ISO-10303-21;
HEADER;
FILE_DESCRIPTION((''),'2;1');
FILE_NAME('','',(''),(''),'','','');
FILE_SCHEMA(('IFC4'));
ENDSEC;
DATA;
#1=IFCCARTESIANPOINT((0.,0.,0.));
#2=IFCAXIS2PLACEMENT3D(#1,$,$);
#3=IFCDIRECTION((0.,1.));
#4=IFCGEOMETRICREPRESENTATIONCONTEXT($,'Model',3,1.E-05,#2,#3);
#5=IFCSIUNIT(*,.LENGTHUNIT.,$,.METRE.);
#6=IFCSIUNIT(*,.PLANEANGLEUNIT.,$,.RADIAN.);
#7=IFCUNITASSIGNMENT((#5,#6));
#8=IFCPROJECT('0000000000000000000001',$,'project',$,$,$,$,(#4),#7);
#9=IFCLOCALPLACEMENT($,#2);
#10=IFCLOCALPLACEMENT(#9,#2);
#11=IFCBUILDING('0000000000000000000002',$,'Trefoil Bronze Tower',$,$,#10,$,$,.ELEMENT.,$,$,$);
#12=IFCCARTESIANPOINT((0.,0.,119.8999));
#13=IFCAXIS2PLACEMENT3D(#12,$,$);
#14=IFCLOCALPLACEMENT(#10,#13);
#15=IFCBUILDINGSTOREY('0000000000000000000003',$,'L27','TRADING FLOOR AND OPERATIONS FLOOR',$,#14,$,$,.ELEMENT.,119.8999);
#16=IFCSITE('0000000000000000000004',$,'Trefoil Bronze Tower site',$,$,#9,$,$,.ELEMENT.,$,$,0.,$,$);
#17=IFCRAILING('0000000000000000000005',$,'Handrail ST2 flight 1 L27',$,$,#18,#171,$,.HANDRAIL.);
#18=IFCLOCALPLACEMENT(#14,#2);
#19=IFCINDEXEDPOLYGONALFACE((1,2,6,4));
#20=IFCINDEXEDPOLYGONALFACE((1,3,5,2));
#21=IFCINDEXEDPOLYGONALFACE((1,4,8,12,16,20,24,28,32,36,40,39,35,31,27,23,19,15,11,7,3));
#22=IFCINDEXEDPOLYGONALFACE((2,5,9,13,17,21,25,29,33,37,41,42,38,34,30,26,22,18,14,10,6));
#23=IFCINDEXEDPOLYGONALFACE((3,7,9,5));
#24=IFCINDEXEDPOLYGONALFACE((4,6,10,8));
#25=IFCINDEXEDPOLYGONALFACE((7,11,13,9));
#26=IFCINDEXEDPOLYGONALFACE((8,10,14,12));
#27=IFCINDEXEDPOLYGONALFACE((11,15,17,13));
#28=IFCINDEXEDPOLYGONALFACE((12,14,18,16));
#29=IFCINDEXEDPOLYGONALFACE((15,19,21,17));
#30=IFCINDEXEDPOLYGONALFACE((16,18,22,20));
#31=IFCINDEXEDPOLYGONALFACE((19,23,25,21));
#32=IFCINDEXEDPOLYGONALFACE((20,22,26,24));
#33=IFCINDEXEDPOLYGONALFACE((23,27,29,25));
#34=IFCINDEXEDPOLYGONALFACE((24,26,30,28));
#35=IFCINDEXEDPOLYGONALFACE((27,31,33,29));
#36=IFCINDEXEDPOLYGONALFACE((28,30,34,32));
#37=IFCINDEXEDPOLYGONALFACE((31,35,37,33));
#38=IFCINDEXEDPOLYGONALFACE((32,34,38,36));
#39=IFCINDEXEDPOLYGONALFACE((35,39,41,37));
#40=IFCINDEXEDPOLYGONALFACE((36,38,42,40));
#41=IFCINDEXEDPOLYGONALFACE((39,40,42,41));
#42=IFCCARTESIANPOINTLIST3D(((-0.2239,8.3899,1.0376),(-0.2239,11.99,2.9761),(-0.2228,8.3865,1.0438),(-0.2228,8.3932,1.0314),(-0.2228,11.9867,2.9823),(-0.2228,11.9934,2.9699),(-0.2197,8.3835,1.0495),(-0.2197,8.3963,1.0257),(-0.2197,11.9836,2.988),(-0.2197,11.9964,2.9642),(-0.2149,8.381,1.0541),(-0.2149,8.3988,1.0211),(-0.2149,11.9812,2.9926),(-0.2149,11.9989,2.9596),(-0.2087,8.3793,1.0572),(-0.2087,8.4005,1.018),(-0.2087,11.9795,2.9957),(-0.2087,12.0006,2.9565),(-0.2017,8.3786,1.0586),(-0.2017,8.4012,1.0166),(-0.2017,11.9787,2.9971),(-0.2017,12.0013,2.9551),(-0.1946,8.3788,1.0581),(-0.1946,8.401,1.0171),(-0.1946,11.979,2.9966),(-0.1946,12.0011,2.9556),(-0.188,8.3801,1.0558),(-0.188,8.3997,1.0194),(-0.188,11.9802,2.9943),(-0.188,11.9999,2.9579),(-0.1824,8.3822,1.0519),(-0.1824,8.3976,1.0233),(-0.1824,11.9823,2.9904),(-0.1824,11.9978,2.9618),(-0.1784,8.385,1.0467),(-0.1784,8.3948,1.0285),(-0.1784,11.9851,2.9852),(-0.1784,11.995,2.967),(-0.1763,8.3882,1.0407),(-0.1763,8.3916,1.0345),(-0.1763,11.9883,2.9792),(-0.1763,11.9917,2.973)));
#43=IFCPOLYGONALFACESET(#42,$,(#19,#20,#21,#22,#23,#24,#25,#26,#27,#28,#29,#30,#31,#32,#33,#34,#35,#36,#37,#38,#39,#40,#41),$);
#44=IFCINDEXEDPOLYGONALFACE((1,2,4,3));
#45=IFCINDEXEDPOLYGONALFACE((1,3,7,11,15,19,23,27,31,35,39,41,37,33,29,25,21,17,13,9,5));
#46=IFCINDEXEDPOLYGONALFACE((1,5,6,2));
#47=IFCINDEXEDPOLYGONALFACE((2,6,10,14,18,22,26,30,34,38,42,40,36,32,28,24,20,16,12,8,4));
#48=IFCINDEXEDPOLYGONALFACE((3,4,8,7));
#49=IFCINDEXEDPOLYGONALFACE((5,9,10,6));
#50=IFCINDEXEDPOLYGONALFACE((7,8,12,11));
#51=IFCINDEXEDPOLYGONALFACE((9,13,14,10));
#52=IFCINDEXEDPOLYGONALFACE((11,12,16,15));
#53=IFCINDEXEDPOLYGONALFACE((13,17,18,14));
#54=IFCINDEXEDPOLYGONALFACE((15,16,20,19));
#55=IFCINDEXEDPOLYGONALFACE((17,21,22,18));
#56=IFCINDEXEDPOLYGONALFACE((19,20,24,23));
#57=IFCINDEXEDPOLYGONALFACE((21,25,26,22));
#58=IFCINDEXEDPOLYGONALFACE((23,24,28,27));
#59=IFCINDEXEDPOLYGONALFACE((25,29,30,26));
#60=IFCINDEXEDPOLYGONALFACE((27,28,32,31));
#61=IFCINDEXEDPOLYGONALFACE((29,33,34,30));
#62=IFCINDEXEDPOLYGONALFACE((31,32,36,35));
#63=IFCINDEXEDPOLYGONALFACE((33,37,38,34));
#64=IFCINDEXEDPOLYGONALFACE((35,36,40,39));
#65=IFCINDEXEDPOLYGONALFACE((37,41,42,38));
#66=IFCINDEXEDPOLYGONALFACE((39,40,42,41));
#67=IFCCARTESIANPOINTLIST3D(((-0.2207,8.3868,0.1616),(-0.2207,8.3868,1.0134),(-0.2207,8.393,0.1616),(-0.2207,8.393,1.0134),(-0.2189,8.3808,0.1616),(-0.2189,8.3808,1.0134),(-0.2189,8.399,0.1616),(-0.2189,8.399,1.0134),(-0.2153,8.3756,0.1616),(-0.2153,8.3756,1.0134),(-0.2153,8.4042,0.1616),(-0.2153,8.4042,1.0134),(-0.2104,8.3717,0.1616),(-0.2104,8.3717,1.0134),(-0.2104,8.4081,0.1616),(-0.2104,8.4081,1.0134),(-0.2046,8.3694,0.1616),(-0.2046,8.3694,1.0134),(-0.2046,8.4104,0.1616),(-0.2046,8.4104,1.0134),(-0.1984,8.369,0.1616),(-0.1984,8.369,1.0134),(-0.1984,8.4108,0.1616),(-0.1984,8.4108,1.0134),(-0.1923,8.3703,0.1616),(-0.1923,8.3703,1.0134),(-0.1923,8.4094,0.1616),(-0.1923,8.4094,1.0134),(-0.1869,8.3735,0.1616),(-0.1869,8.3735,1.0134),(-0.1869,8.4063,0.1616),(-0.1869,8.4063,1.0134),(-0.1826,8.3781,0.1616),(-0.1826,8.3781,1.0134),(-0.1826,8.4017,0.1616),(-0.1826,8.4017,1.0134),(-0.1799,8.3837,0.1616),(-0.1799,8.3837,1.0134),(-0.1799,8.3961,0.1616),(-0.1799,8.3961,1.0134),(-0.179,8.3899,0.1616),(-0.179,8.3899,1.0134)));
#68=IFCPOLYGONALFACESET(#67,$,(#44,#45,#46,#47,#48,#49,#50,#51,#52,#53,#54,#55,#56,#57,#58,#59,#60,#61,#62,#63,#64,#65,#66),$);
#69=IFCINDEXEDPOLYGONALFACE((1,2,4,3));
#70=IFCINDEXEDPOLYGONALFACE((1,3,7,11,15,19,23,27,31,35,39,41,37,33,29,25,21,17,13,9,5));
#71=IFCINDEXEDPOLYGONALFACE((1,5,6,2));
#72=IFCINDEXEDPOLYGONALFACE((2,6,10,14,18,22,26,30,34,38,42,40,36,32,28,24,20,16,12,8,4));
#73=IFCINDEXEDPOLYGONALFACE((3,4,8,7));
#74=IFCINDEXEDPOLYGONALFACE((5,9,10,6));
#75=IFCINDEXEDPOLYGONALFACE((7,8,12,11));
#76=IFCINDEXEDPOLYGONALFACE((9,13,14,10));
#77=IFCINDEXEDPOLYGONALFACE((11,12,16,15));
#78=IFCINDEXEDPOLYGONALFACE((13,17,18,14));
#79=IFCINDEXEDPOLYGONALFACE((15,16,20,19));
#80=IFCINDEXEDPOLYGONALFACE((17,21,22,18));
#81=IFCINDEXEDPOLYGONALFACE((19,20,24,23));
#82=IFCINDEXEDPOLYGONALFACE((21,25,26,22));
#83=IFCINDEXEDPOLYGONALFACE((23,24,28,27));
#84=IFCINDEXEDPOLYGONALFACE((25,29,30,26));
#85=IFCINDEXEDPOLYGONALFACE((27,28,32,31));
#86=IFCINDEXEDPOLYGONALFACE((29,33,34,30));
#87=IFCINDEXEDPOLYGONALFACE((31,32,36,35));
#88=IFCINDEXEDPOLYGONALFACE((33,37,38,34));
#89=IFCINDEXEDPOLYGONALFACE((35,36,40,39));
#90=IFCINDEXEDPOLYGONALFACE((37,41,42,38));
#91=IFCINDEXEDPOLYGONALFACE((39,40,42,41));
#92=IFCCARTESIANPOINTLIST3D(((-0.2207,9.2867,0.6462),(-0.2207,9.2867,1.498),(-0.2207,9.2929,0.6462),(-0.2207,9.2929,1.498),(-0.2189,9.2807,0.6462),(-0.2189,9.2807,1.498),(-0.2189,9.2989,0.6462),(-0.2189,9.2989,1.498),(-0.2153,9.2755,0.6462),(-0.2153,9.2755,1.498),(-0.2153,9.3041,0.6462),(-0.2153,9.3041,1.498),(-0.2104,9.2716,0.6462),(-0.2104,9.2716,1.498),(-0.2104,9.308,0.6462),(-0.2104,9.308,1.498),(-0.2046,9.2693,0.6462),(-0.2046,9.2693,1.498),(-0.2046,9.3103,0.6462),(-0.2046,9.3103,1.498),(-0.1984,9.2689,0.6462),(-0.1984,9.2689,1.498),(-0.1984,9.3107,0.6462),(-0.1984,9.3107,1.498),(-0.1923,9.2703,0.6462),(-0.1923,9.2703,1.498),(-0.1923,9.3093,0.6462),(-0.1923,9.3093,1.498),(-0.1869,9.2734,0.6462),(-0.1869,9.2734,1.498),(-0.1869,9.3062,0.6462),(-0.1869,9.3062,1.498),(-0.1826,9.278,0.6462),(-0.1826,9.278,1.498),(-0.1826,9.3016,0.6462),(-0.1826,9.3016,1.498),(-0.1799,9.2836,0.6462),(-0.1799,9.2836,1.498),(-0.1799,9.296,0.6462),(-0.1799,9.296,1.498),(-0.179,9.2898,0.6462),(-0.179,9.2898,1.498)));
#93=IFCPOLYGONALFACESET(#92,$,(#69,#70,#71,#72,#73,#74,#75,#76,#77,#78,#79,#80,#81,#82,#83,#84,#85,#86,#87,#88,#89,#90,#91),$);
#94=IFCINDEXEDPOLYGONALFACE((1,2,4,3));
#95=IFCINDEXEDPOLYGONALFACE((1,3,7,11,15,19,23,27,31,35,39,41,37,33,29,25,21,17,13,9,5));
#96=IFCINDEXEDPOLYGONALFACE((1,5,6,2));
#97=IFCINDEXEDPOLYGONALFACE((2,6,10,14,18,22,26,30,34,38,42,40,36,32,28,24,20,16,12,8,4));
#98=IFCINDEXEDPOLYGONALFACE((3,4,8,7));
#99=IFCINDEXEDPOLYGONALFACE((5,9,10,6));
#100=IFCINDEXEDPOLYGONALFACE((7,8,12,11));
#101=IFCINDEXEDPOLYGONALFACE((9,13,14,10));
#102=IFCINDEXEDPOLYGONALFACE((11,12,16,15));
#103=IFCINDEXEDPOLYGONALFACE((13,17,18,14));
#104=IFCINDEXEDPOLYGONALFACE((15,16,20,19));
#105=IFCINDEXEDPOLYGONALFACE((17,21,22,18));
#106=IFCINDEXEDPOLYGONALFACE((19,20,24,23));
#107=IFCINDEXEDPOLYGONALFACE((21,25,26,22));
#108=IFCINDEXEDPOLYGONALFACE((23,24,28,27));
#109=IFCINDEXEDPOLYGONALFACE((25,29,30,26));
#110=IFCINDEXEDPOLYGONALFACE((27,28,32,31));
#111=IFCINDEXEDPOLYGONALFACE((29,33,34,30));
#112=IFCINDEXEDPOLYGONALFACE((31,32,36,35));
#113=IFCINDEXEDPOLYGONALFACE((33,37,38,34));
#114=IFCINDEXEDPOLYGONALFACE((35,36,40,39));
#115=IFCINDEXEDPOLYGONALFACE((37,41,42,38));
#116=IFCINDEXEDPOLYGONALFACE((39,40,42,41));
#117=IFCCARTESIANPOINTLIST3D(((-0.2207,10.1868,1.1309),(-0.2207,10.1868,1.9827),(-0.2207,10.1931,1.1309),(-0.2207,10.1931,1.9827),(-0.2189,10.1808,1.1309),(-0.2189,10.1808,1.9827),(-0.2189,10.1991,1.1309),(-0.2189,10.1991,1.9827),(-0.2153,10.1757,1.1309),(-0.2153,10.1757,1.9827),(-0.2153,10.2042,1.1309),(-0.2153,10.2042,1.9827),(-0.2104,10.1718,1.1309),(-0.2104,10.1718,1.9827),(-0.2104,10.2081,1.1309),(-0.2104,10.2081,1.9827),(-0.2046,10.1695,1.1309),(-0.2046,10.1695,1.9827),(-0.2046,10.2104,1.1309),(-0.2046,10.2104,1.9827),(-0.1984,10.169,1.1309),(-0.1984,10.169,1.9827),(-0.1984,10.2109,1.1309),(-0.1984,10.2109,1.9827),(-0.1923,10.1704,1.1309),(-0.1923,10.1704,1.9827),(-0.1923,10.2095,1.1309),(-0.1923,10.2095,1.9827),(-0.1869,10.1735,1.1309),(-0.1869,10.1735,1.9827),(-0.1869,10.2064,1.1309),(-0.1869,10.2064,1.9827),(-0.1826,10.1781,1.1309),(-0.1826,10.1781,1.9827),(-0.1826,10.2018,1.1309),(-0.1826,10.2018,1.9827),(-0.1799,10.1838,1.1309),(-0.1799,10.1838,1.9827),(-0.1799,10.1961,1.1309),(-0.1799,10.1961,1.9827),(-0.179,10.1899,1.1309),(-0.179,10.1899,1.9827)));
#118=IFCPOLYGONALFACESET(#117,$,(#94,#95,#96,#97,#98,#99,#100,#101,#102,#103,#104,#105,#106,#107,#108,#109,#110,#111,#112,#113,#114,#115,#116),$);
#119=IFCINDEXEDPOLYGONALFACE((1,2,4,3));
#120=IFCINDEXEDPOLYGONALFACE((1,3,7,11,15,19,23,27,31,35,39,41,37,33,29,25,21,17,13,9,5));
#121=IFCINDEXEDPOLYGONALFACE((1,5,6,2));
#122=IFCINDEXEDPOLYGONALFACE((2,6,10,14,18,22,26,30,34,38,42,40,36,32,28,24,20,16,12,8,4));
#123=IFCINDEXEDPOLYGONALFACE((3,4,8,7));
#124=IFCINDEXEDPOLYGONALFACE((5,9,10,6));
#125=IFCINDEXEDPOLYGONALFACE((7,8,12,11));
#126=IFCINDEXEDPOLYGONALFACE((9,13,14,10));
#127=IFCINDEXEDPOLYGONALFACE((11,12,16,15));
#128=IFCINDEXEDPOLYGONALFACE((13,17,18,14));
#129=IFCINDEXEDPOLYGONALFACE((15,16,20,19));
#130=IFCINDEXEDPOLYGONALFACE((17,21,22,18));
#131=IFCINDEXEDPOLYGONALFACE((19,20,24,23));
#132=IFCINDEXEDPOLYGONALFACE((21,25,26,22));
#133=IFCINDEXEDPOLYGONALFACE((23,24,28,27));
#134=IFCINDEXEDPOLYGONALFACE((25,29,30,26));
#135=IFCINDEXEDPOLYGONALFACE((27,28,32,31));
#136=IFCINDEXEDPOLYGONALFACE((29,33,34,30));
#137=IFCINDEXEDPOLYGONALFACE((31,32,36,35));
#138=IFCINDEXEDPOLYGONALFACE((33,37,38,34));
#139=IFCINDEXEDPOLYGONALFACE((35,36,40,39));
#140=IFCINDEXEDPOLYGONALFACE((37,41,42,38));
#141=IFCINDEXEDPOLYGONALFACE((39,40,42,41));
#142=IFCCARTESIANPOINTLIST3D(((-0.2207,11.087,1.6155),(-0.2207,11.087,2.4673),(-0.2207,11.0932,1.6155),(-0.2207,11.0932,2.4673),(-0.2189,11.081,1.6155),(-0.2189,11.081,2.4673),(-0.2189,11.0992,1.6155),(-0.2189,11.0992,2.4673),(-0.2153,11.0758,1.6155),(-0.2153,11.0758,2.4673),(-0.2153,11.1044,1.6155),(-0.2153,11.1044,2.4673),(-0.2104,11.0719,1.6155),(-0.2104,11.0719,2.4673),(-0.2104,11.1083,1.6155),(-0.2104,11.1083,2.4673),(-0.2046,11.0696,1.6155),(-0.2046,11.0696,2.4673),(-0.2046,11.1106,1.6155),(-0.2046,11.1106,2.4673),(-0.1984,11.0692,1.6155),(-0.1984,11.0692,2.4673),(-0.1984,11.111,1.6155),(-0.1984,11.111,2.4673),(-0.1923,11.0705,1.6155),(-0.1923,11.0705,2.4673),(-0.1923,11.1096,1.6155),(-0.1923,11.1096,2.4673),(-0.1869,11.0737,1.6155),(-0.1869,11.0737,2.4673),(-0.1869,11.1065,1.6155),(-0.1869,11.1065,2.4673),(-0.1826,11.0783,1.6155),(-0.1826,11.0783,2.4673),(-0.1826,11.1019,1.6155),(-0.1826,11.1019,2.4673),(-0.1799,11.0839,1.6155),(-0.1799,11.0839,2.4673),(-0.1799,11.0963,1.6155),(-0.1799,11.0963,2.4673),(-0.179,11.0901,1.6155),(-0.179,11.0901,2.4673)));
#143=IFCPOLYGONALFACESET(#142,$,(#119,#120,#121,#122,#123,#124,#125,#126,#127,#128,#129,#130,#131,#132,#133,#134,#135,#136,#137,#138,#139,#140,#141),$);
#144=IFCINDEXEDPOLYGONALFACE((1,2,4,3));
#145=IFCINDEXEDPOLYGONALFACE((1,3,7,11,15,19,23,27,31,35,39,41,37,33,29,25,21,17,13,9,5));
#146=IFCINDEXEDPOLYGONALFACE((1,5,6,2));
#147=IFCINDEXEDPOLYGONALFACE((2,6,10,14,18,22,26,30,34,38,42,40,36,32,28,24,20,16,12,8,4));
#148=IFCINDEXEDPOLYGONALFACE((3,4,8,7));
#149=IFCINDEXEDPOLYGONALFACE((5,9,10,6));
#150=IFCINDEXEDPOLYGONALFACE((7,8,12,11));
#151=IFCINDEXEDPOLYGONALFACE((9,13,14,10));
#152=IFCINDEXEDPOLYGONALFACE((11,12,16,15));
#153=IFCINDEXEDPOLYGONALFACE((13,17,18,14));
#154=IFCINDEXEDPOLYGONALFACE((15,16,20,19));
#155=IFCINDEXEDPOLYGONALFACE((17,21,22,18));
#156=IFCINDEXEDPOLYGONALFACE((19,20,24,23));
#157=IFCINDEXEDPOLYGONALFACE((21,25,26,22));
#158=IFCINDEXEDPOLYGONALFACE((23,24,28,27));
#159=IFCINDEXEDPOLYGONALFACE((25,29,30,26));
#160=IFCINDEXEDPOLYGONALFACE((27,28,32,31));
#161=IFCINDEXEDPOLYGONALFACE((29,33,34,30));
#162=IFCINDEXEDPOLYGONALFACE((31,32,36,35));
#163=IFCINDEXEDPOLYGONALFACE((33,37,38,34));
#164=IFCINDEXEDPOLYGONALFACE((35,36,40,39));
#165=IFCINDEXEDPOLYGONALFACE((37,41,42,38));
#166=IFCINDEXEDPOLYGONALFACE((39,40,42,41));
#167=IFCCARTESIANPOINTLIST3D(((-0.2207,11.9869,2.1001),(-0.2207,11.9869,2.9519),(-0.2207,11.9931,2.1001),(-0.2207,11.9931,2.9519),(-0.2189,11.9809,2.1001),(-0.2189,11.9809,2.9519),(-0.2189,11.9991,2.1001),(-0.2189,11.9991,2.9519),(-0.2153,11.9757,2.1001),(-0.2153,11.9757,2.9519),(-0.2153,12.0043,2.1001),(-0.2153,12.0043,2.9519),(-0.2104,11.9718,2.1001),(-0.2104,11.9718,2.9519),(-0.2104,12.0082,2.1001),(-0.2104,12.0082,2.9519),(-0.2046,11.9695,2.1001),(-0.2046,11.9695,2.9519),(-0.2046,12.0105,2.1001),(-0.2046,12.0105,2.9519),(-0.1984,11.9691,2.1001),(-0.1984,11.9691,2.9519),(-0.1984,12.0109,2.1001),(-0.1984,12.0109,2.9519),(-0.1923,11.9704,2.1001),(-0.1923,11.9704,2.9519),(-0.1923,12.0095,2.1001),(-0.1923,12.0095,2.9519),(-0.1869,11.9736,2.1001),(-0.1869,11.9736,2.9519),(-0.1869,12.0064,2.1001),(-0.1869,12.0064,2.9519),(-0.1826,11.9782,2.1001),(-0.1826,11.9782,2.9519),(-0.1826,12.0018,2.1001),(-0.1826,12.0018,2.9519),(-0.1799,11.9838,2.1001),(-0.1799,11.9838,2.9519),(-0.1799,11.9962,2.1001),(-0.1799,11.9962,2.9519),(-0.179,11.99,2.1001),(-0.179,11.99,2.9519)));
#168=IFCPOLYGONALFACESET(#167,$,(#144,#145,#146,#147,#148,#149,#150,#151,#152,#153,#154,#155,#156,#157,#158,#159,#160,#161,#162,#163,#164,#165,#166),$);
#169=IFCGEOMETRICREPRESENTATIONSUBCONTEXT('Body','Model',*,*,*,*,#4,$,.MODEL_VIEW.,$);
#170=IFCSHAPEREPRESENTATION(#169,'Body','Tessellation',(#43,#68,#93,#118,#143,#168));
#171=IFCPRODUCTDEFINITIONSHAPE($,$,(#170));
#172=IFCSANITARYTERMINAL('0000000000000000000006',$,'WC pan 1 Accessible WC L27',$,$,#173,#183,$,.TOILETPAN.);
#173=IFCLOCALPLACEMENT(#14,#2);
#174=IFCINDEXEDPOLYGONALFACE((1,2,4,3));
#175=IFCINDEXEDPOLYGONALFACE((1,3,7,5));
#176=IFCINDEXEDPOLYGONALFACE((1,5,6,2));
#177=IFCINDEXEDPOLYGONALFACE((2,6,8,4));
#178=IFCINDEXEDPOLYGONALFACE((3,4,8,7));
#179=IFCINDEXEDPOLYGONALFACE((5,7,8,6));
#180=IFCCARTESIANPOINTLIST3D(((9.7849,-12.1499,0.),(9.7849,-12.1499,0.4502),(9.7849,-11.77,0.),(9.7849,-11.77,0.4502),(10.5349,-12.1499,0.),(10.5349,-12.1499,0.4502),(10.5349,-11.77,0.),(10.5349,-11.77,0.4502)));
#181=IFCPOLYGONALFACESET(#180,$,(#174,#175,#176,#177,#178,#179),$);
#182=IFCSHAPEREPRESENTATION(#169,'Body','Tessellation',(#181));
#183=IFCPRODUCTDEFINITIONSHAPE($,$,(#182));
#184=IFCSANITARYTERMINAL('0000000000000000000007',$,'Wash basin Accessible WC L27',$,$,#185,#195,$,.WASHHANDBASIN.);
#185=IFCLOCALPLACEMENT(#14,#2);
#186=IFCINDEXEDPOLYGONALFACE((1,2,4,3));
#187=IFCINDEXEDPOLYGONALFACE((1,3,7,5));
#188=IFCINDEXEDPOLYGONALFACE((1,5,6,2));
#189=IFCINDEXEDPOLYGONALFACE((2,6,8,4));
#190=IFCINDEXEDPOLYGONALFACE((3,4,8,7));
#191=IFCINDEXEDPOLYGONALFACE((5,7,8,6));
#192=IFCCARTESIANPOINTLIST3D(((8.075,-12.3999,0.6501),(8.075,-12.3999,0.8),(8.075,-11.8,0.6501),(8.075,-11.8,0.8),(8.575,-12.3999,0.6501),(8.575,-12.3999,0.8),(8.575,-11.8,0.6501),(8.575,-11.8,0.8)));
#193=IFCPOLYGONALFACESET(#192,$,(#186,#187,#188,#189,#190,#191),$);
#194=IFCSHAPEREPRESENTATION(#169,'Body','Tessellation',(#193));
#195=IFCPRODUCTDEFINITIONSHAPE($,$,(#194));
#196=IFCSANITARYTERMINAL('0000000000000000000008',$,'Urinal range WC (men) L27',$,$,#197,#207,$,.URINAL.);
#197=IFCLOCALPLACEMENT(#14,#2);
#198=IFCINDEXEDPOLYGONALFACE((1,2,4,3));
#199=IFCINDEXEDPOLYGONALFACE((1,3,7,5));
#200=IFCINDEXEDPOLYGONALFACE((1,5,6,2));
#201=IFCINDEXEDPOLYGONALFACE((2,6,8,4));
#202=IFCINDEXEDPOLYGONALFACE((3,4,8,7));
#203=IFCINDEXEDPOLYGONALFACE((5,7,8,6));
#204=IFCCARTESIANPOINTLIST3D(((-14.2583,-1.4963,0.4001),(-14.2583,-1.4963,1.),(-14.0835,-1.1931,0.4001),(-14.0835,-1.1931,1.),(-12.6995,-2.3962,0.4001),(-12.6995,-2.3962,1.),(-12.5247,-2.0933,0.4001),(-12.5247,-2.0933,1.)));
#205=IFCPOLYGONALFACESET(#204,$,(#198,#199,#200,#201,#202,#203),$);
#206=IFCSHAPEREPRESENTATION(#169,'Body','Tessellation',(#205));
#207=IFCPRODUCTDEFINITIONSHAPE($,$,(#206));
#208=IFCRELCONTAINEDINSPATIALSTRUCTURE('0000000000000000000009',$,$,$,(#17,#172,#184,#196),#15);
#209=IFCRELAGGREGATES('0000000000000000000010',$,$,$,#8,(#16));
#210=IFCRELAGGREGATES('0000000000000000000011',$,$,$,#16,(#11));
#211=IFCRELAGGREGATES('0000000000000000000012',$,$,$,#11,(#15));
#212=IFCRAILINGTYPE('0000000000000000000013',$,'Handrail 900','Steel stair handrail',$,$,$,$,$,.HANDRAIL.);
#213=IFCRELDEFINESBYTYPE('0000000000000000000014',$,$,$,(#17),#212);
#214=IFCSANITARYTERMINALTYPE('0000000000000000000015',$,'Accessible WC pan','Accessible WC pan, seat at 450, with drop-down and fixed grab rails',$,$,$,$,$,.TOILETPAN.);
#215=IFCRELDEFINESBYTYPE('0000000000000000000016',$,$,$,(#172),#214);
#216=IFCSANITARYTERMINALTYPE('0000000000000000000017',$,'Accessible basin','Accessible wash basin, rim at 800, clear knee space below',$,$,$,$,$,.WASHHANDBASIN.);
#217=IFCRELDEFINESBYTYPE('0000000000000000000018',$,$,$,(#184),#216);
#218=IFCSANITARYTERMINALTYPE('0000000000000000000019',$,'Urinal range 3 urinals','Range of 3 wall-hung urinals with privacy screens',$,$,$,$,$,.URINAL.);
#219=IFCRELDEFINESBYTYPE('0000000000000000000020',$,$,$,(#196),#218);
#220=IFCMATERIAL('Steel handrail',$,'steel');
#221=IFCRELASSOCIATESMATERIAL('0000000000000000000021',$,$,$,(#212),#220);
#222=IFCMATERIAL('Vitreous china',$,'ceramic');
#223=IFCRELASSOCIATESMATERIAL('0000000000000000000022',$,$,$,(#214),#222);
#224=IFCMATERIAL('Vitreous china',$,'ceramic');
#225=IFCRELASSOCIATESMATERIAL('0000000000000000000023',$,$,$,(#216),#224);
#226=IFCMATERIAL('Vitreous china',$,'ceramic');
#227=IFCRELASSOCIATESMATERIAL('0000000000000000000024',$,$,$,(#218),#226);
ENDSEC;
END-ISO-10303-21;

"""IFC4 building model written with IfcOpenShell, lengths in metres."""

from ifc_helpers import new_model, si_unit, direction, frame, origin, origin_2d, place, context, subcontext, project, spatial, polyline, circle, outline, extrude, material, type_object, element, save


model = new_model("IFC4")

# Units and contexts
model_context = context("Model", 3, precision=1e-05, world=origin(), true_north=direction((0.0, 1.0)))
body_context = subcontext(model_context, "Body", "Model", "MODEL_VIEW")
ifc_project = project(units=[si_unit("LENGTHUNIT", "METRE"), si_unit("PLANEANGLEUNIT", "RADIAN")], contexts=[model_context])

# Site, building, storey
site_placement = place(None, origin())
site = spatial("IfcSite", under=ifc_project, at=site_placement, Name="Trefoil Bronze Tower site", CompositionType="ELEMENT", RefElevation=0.0)
building_placement = place(site_placement, origin())
building = spatial("IfcBuilding", under=site, at=building_placement, Name="Trefoil Bronze Tower", CompositionType="ELEMENT")
storey_placement = place(building_placement, frame((0.0, 0.0, 119.8999)))
storey = spatial("IfcBuildingStorey", under=building, at=storey_placement, Name="L27", Description="TRADING FLOOR AND OPERATIONS FLOOR", CompositionType="ELEMENT", Elevation=119.8999)

# Railing
ifc_material_1 = material(Name="Steel handrail", Category="steel")
railing_type = type_object("IfcRailingType", Name="Handrail 900", Description="Steel stair handrail", PredefinedType="HANDRAIL", material=ifc_material_1)
railing_placement = place(storey_placement, frame((-0.2, 8.3899, 0.1616)))
element("IfcRailing", 1, at=railing_placement, inside=storey, type_object=railing_type, Name="Handrail ST2 flight 1 L27", PredefinedType="HANDRAIL", context=body_context, shape_type="SweptSolid", body=[
    extrude(circle(Radius=0.0239, at=origin_2d()), frame((0.0, 0.0, 0.876), z_axis=(0.0, 0.880475, 0.474093), x_axis=(-1.0, 0.0, 0.0)), (0.0, 0.0, 1.0), 4.0889),
    extrude(circle(Radius=0.021, at=origin_2d()), origin(), (0.0, 0.0, 1.0), 0.8518),
    extrude(circle(Radius=0.021, at=origin_2d()), frame((0.0, 0.8999, 0.4846)), (0.0, 0.0, 1.0), 0.8518),
    extrude(circle(Radius=0.021, at=origin_2d()), frame((0.0, 1.8, 0.9692)), (0.0, 0.0, 1.0), 0.8518),
    extrude(circle(Radius=0.021, at=origin_2d()), frame((0.0, 2.7002, 1.4539)), (0.0, 0.0, 1.0), 0.8518),
    extrude(circle(Radius=0.021, at=origin_2d()), frame((0.0, 3.6001, 1.9385)), (0.0, 0.0, 1.0), 0.8518),
])

# Sanitary terminals
ifc_material_2 = material(Name="Vitreous china", Category="ceramic")
sanitary_terminal_type_1 = type_object("IfcSanitaryTerminalType", Name="Accessible WC pan", Description="Accessible WC pan, seat at 450, with drop-down and fixed grab rails", PredefinedType="TOILETPAN", material=ifc_material_2)
sanitary_terminal_1_placement = place(storey_placement, origin())
element("IfcSanitaryTerminal", 2, at=sanitary_terminal_1_placement, inside=storey, type_object=sanitary_terminal_type_1, Name="WC pan 1 Accessible WC L27", PredefinedType="TOILETPAN", context=body_context, shape_type="SweptSolid", body=[
    extrude(outline(polyline([(9.7849, -11.77), (10.5349, -11.77), (10.5349, -12.1499), (9.7849, -12.1499), (9.7849, -11.77)])), origin(), (0.0, 0.0, 1.0), 0.4502),
])
ifc_material_3 = material(Name="Vitreous china", Category="ceramic")
sanitary_terminal_type_2 = type_object("IfcSanitaryTerminalType", Name="Accessible basin", Description="Accessible wash basin, rim at 800, clear knee space below", PredefinedType="WASHHANDBASIN", material=ifc_material_3)
sanitary_terminal_2_placement = place(storey_placement, frame((0.0, 0.0, 0.6501)))
element("IfcSanitaryTerminal", 3, at=sanitary_terminal_2_placement, inside=storey, type_object=sanitary_terminal_type_2, Name="Wash basin Accessible WC L27", PredefinedType="WASHHANDBASIN", context=body_context, shape_type="SweptSolid", body=[
    extrude(outline(polyline([(8.075, -11.8), (8.575, -11.8), (8.575, -12.3999), (8.075, -12.3999), (8.075, -11.8)])), origin(), (0.0, 0.0, 1.0), 0.1499),
])
ifc_material_4 = material(Name="Vitreous china", Category="ceramic")
sanitary_terminal_type_3 = type_object("IfcSanitaryTerminalType", Name="Urinal range 3 urinals", Description="Range of 3 wall-hung urinals with privacy screens", PredefinedType="URINAL", material=ifc_material_4)
sanitary_terminal_3_placement = place(storey_placement, frame((0.0, 0.0, 0.4001)))
element("IfcSanitaryTerminal", 4, at=sanitary_terminal_3_placement, inside=storey, type_object=sanitary_terminal_type_3, Name="Urinal range WC (men) L27", PredefinedType="URINAL", context=body_context, shape_type="SweptSolid", body=[
    extrude(outline(polyline([(-12.5247, -2.0933), (-12.6995, -2.3962), (-14.2583, -1.4963), (-14.0835, -1.1931), (-12.5247, -2.0933)])), origin(), (0.0, 0.0, 1.0), 0.5999),
])

save(model, "model.ifc")
